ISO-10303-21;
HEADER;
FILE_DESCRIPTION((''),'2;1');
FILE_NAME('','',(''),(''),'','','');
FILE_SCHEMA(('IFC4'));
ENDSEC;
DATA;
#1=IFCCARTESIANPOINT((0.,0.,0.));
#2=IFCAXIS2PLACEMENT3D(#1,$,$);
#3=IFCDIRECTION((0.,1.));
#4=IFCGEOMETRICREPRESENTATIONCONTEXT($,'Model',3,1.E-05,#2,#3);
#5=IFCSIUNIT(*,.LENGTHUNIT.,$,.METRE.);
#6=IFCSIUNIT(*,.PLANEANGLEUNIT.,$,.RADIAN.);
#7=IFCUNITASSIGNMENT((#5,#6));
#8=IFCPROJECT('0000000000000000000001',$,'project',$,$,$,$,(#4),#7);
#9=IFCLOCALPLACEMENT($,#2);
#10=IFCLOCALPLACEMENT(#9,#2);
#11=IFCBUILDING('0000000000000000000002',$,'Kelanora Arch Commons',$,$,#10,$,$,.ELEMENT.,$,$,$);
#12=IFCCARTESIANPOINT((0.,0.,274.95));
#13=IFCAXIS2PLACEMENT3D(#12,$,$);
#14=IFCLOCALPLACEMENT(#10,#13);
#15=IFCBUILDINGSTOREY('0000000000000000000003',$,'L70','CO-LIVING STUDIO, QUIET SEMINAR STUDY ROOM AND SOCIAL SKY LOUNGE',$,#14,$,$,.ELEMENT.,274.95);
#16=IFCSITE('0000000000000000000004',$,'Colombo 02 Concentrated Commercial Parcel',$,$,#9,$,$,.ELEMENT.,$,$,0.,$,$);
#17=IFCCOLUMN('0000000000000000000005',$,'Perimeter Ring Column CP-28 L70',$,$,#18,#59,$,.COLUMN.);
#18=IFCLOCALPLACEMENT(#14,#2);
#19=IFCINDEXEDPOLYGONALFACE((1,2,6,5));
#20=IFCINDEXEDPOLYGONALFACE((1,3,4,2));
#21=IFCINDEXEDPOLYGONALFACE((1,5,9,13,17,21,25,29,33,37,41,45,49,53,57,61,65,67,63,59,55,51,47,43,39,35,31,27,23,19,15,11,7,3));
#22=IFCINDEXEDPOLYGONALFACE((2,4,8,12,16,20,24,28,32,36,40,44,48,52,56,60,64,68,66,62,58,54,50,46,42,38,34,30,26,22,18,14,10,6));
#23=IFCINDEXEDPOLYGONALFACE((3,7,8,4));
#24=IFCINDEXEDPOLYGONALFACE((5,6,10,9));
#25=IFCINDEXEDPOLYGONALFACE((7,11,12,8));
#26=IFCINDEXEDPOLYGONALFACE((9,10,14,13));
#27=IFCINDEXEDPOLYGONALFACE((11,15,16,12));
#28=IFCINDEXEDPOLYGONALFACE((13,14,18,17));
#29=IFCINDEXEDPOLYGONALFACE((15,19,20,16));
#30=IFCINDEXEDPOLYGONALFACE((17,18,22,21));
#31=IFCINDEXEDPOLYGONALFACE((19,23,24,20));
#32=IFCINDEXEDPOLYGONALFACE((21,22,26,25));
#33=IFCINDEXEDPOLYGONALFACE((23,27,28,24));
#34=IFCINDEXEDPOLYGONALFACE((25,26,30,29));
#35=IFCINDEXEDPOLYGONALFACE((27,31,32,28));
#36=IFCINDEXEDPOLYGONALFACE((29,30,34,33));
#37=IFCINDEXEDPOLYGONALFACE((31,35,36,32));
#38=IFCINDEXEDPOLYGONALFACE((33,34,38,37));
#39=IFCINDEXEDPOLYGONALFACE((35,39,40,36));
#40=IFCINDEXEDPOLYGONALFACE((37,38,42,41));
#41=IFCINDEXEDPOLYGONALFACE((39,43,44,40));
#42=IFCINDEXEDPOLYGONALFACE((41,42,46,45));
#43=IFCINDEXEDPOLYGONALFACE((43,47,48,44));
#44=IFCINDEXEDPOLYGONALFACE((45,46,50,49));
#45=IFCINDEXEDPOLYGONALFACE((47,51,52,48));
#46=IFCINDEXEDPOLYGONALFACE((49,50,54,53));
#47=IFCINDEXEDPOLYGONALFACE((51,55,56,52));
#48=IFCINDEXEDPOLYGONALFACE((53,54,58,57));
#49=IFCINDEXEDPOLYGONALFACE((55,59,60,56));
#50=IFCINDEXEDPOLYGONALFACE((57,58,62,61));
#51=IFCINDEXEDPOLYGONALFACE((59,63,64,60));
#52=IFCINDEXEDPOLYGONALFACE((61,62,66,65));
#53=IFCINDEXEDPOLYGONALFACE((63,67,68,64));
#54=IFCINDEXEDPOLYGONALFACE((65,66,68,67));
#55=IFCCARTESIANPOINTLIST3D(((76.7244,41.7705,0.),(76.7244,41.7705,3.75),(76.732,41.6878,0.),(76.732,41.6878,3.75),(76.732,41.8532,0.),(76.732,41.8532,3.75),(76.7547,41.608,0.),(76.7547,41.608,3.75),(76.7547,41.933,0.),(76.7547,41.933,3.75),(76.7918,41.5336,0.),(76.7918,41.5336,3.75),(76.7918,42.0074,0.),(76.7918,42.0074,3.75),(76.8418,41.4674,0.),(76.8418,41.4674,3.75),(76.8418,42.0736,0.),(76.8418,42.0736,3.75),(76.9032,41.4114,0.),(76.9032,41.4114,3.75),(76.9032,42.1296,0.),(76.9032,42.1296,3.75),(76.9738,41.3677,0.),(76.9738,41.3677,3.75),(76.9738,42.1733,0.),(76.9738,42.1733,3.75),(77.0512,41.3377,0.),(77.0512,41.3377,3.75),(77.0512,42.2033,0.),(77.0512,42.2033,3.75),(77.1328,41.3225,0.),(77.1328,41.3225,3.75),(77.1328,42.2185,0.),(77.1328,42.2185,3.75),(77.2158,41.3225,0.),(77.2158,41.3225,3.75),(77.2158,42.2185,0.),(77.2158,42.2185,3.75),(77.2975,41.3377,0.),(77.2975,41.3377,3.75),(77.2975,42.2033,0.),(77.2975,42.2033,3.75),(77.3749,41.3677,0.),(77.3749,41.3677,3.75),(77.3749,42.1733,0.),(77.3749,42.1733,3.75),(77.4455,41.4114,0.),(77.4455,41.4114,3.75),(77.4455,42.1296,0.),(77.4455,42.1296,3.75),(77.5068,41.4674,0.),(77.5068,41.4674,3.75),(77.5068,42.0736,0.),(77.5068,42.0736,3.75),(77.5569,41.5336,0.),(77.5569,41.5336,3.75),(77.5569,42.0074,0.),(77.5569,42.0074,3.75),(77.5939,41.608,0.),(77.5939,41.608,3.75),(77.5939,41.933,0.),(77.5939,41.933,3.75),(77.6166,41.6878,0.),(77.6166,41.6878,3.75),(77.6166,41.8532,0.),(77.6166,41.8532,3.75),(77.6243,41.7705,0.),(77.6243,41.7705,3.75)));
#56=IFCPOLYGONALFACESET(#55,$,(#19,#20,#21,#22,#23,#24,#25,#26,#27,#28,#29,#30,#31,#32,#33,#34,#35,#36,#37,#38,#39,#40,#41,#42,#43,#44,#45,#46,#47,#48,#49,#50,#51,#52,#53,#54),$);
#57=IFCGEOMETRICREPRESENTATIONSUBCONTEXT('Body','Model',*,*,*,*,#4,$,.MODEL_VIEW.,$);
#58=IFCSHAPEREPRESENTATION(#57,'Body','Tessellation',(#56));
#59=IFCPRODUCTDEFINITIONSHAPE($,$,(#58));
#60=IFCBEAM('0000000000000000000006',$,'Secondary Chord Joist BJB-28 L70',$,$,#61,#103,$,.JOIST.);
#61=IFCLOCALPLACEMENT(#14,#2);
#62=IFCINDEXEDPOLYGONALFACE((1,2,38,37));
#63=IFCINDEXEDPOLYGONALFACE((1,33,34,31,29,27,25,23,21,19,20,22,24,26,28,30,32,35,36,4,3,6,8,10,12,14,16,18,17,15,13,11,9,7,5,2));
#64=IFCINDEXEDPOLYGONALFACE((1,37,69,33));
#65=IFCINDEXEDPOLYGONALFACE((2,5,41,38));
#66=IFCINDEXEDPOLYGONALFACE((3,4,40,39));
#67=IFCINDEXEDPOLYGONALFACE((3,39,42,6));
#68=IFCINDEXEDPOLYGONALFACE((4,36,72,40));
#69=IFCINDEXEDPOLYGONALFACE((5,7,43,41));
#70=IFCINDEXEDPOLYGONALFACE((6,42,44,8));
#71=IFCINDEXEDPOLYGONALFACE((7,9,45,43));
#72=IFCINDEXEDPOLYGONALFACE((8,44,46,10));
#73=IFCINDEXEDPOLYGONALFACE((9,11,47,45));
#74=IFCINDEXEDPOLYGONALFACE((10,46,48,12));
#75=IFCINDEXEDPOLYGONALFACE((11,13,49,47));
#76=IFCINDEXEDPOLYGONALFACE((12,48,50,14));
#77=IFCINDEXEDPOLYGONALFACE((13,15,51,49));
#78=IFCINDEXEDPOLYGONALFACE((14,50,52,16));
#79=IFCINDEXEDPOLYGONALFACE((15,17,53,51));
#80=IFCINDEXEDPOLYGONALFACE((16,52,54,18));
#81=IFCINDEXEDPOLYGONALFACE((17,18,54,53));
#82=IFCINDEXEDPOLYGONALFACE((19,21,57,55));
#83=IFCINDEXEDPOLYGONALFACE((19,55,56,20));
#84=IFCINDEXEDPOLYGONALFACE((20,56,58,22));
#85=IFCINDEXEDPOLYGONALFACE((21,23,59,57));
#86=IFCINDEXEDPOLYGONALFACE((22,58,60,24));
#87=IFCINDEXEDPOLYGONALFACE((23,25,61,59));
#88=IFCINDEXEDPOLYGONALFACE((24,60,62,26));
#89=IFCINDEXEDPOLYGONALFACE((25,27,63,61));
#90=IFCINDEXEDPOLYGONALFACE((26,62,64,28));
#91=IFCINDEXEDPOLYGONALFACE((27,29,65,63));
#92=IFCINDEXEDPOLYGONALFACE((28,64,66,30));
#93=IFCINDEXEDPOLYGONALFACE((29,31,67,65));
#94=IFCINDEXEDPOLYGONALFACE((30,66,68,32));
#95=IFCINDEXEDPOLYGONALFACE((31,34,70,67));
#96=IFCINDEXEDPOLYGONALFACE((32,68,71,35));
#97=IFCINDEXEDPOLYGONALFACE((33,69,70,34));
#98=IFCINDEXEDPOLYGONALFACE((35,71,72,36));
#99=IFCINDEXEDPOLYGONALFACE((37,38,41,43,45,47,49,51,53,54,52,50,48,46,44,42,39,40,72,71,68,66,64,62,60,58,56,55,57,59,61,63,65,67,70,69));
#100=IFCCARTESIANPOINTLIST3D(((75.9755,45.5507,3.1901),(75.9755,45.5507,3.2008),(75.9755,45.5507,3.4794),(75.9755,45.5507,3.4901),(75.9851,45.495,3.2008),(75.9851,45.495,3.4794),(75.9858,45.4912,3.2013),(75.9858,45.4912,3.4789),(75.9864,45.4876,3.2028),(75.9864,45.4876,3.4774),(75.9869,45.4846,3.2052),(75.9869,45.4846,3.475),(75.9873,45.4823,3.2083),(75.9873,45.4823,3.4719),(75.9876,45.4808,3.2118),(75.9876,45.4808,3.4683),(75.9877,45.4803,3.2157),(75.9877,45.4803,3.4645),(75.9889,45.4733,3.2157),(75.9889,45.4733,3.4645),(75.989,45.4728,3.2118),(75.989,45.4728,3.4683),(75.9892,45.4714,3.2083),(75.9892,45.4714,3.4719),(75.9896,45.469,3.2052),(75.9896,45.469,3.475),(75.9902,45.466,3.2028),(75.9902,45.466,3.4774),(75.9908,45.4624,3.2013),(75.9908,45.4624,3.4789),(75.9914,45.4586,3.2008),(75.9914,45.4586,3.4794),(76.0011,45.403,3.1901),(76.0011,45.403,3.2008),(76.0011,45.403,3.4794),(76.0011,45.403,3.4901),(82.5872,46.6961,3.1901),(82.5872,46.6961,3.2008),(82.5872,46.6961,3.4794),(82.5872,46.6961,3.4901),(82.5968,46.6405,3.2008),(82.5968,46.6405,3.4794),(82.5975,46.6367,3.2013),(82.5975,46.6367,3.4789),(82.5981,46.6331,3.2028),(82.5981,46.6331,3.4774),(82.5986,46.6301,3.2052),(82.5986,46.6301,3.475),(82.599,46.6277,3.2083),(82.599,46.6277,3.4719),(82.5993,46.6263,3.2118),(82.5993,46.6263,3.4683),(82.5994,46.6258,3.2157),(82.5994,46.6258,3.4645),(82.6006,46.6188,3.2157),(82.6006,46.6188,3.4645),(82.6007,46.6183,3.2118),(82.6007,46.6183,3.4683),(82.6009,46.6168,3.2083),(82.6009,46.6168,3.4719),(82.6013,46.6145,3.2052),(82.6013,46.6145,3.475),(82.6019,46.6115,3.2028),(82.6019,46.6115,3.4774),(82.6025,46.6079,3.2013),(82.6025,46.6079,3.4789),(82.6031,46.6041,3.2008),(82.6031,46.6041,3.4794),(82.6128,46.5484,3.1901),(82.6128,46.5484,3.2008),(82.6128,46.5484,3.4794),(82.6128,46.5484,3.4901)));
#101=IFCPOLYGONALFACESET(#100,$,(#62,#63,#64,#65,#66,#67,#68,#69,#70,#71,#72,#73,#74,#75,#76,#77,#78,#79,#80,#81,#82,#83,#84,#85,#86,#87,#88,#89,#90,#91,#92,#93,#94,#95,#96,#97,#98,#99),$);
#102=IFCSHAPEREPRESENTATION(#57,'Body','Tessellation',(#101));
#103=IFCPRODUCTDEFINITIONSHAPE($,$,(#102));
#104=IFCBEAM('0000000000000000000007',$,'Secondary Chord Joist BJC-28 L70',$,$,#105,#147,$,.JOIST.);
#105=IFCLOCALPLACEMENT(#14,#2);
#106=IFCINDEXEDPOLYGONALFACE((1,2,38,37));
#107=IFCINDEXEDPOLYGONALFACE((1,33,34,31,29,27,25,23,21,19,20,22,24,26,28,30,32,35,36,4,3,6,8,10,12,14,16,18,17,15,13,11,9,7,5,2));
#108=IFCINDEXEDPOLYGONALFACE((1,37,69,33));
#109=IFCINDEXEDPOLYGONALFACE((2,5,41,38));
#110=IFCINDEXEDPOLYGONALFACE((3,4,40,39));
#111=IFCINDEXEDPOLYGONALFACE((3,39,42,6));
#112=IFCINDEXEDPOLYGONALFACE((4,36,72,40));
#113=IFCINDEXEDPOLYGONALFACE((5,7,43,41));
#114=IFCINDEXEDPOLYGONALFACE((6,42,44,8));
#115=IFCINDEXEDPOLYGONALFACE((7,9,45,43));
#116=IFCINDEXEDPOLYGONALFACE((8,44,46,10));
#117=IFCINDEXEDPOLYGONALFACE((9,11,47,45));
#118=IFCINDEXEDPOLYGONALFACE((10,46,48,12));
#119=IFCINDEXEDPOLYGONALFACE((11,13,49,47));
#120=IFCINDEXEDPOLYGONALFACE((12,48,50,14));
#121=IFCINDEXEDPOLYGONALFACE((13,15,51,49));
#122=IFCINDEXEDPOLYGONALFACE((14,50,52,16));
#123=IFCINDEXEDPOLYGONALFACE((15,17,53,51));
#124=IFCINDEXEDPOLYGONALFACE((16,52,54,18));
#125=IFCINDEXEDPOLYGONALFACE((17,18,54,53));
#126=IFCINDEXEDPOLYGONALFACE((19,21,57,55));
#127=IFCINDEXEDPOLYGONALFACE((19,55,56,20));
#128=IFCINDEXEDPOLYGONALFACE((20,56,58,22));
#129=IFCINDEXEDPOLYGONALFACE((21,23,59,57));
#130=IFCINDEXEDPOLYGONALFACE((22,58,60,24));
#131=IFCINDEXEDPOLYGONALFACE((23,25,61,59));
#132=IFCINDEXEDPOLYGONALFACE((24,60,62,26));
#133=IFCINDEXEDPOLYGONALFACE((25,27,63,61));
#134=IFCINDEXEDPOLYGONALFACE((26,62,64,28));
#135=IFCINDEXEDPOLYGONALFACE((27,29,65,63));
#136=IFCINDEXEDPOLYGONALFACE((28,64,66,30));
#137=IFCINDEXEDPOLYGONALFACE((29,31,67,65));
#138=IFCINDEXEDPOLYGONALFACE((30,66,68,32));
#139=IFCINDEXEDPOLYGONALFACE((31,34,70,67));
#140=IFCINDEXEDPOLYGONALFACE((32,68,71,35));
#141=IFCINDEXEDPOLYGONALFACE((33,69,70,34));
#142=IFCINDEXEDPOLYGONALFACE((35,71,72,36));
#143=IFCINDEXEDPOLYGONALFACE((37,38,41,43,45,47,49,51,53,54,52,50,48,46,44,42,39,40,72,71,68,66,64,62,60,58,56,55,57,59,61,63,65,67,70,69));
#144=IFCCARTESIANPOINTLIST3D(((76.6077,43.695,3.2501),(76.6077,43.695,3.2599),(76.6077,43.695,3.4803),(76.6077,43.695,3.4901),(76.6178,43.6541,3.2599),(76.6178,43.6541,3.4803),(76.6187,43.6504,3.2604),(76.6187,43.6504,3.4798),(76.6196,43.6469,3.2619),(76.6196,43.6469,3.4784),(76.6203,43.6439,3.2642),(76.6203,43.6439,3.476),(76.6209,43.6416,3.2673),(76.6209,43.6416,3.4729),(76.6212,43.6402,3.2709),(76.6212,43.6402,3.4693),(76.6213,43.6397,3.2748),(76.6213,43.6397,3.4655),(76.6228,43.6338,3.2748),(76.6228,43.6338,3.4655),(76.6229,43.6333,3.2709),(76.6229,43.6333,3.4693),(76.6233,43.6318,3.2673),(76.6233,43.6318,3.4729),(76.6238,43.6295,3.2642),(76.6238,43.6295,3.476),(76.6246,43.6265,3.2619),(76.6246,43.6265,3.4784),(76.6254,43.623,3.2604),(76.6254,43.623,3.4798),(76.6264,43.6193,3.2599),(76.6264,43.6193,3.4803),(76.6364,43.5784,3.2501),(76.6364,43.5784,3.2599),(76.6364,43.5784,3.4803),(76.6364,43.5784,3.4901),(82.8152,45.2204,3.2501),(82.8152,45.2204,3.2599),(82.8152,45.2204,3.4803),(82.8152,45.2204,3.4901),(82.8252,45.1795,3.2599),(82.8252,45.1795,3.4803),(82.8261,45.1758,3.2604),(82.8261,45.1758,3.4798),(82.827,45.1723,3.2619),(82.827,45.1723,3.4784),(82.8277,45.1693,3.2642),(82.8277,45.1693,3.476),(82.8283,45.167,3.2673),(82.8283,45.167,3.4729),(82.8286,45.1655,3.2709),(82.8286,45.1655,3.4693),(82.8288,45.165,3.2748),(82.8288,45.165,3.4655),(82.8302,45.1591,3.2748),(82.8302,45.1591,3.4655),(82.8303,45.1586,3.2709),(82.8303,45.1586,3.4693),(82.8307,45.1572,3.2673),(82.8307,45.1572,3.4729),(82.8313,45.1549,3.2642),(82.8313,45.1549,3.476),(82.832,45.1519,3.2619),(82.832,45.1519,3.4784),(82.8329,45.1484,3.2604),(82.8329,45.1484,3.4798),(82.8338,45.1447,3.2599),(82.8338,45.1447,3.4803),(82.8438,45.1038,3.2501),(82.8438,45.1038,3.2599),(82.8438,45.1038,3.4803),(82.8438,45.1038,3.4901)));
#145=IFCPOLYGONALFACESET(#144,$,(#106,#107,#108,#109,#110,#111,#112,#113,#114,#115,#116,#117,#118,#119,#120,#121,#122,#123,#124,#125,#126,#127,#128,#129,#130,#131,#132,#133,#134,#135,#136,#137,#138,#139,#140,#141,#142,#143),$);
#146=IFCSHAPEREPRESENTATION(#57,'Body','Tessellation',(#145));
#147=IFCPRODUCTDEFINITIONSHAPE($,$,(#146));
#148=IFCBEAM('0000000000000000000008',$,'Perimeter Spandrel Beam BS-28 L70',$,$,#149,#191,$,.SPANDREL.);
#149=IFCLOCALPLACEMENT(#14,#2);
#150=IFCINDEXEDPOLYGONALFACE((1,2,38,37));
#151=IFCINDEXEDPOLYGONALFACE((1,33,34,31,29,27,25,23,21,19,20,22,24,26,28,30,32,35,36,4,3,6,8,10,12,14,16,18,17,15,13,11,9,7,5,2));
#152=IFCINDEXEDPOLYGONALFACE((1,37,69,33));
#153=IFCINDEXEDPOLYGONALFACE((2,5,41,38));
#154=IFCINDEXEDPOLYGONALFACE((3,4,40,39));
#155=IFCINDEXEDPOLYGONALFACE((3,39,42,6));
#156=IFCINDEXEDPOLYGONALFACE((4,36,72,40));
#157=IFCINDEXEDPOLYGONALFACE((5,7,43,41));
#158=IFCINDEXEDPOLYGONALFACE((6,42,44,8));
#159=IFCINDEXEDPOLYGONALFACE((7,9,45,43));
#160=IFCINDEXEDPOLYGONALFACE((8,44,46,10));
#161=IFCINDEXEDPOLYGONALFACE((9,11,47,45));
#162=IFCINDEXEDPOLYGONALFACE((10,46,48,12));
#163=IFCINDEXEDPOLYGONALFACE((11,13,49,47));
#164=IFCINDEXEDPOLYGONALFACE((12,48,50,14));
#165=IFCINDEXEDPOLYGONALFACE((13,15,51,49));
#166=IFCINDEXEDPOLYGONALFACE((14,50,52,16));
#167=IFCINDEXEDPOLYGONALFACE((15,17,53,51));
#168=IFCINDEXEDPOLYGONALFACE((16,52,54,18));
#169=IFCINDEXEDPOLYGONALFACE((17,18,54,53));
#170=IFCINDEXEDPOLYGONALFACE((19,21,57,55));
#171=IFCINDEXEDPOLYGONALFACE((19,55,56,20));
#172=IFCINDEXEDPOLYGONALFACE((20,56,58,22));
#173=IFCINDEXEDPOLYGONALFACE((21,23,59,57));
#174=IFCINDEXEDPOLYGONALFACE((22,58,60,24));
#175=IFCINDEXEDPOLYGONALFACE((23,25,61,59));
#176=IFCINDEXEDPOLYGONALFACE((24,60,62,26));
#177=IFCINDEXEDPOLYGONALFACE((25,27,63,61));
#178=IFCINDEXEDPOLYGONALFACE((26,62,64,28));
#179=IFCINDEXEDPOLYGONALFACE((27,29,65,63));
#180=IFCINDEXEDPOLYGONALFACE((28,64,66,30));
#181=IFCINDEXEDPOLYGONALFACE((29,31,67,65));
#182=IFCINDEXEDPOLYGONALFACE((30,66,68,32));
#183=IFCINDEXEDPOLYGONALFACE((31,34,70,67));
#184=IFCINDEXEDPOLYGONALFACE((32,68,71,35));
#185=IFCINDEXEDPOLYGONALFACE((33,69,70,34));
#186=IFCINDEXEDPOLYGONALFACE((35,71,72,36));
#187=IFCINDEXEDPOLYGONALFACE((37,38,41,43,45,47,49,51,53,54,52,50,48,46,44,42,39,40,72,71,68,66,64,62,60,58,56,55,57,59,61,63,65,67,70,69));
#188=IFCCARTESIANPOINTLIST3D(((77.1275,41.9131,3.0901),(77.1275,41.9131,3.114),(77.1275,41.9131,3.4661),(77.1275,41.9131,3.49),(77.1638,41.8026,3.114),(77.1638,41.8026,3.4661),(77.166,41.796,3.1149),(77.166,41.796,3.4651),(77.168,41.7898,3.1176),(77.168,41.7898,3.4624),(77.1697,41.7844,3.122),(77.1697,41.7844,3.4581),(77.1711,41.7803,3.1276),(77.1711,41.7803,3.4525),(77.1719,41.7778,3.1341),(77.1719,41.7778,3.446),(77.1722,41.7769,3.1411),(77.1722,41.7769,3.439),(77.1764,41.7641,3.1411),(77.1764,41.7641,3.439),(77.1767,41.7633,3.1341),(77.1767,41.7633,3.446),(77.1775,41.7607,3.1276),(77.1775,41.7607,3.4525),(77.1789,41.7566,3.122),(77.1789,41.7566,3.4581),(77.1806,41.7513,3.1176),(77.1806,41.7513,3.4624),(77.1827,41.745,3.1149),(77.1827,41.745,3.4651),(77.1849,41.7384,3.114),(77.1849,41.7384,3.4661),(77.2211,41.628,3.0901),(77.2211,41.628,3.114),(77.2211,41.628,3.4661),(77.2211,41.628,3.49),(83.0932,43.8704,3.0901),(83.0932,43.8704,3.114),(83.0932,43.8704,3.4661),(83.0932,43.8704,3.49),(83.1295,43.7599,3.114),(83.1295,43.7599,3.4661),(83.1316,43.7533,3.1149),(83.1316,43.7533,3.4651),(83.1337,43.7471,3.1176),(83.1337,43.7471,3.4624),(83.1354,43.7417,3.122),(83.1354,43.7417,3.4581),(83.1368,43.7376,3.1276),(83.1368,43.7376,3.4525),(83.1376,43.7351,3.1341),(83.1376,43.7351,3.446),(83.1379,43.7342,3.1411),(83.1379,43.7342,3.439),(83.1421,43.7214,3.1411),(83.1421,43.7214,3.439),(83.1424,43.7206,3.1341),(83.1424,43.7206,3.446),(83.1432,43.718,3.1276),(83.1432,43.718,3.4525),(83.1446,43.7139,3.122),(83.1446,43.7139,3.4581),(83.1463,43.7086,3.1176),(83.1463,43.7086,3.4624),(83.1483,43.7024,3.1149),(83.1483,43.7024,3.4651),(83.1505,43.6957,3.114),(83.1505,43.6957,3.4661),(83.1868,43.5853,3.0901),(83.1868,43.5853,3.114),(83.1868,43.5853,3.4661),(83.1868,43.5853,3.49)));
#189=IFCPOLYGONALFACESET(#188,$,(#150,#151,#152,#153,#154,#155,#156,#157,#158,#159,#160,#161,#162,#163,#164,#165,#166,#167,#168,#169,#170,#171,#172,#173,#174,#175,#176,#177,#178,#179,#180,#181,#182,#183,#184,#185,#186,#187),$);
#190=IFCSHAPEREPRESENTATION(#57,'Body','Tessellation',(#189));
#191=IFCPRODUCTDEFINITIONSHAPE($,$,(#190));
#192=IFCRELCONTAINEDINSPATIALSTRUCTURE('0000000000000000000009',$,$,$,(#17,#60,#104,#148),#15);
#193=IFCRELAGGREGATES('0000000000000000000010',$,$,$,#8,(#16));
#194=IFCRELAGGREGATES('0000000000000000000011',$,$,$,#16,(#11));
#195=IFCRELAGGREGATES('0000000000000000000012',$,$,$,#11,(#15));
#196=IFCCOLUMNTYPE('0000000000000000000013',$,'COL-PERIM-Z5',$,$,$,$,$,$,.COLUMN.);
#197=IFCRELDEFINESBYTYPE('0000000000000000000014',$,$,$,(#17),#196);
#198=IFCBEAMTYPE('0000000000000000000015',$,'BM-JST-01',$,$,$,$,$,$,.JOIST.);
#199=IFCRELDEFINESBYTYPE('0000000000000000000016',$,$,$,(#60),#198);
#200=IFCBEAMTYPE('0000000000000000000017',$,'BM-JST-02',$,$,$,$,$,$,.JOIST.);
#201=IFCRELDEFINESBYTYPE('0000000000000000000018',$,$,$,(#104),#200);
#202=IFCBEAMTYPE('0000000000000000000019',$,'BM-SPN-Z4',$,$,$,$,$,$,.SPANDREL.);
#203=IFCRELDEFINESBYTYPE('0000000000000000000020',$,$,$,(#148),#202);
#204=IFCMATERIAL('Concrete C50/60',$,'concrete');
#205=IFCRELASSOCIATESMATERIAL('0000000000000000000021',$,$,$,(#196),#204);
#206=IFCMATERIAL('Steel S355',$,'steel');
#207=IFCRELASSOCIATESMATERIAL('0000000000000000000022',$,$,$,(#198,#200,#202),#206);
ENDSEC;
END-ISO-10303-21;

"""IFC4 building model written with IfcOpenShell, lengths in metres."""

from ifc_helpers import new_model, si_unit, direction, frame, origin, origin_2d, place, context, subcontext, project, spatial, circle, i_section, extrude, material, material_profile, profile_set, type_object, element, save


model = new_model("IFC4")

# Units and contexts
model_context = context("Model", 3, precision=1e-05, world=origin(), true_north=direction((0.0, 1.0)))
body_context = subcontext(model_context, "Body", "Model", "MODEL_VIEW")
ifc_project = project(units=[si_unit("LENGTHUNIT", "METRE"), si_unit("PLANEANGLEUNIT", "RADIAN")], contexts=[model_context])

# Site, building, storey
site_placement = place(None, origin())
site = spatial("IfcSite", under=ifc_project, at=site_placement, Name="Colombo 02 Concentrated Commercial Parcel", CompositionType="ELEMENT", RefElevation=0.0)
building_placement = place(site_placement, origin())
building = spatial("IfcBuilding", under=site, at=building_placement, Name="Kelanora Arch Commons", CompositionType="ELEMENT")
storey_placement = place(building_placement, frame((0.0, 0.0, 274.95)))
storey = spatial("IfcBuildingStorey", under=building, at=storey_placement, Name="L70", Description="CO-LIVING STUDIO, QUIET SEMINAR STUDY ROOM AND SOCIAL SKY LOUNGE", CompositionType="ELEMENT", Elevation=274.95)

# Column
ifc_material_1 = material(Name="Concrete C50/60", Category="concrete")
ifc_material_profile_1 = material_profile(ifc_material_1, circle(Radius=0.45, at=origin_2d()), Name="RCC900")
ifc_profile_set_1 = profile_set([ifc_material_profile_1], Name="Concrete C50/60")
column_type = type_object("IfcColumnType", Name="COL-PERIM-Z5", PredefinedType="COLUMN", material=ifc_profile_set_1)
column_placement = place(storey_placement, frame((77.1743, 41.7705, 0.0), z_axis=(0.0, 0.0, 1.0), x_axis=(1.0, 0.0, 0.0)))
element("IfcColumn", 1, at=column_placement, inside=storey, type_object=column_type, Name="Perimeter Ring Column CP-28 L70", PredefinedType="COLUMN", context=body_context, shape_type="SweptSolid", body=[
    extrude(circle(Radius=0.45, at=origin_2d()), origin(), (0.0, 0.0, 1.0), 3.75),
])

# Beams
ifc_material_2 = material(Name="Steel S355", Category="steel")
ifc_material_profile_2 = material_profile(ifc_material_2, i_section(OverallWidth=0.1499, OverallDepth=0.3, WebThickness=0.0071, FlangeThickness=0.0107, FilletRadius=0.0149, at=origin_2d()), Name="IPE300")
ifc_profile_set_2 = profile_set([ifc_material_profile_2], Name="Steel S355")
beam_type_1 = type_object("IfcBeamType", Name="BM-JST-01", PredefinedType="JOIST", material=ifc_profile_set_2)
beam_1_placement = place(storey_placement, frame((75.9883, 45.4768, 3.3401), z_axis=(0.985322, 0.170709, 0.0), x_axis=(-0.170709, 0.985322, 0.0)))
element("IfcBeam", 2, at=beam_1_placement, inside=storey, type_object=beam_type_1, Name="Secondary Chord Joist BJB-28 L70", PredefinedType="JOIST", context=body_context, shape_type="SweptSolid", body=[
    extrude(i_section(OverallWidth=0.1499, OverallDepth=0.3, WebThickness=0.0071, FlangeThickness=0.0107, FilletRadius=0.0149, at=origin_2d()), origin(), (0.0, 0.0, 1.0), 6.7102),
])
ifc_material_profile_3 = material_profile(ifc_material_2, i_section(OverallWidth=0.1201, OverallDepth=0.24, WebThickness=0.0061, FlangeThickness=0.0098, FilletRadius=0.0149, at=origin_2d()), Name="IPE240")
ifc_profile_set_3 = profile_set([ifc_material_profile_3], Name="Steel S355")
beam_type_2 = type_object("IfcBeamType", Name="BM-JST-02", PredefinedType="JOIST", material=ifc_profile_set_3)
beam_2_placement = place(storey_placement, frame((76.6221, 43.6367, 3.3701), z_axis=(0.97111, 0.238633, 0.0), x_axis=(-0.238633, 0.97111, 0.0)))
element("IfcBeam", 3, at=beam_2_placement, inside=storey, type_object=beam_type_2, Name="Secondary Chord Joist BJC-28 L70", PredefinedType="JOIST", context=body_context, shape_type="SweptSolid", body=[
    extrude(i_section(OverallWidth=0.1201, OverallDepth=0.24, WebThickness=0.0061, FlangeThickness=0.0098, FilletRadius=0.0149, at=origin_2d()), origin(), (0.0, 0.0, 1.0), 6.3921),
])
ifc_material_profile_4 = material_profile(ifc_material_2, i_section(OverallWidth=0.3, OverallDepth=0.3999, WebThickness=0.0134, FlangeThickness=0.0239, FilletRadius=0.0271, at=origin_2d()), Name="HEB400")
ifc_profile_set_4 = profile_set([ifc_material_profile_4], Name="Steel S355")
beam_type_3 = type_object("IfcBeamType", Name="BM-SPN-Z4", PredefinedType="SPANDREL", material=ifc_profile_set_4)
beam_3_placement = place(storey_placement, frame((77.1743, 41.7705, 3.29), z_axis=(0.950166, 0.311745, 0.0), x_axis=(-0.311745, 0.950166, 0.0)))
element("IfcBeam", 4, at=beam_3_placement, inside=storey, type_object=beam_type_3, Name="Perimeter Spandrel Beam BS-28 L70", PredefinedType="SPANDREL", context=body_context, shape_type="SweptSolid", body=[
    extrude(i_section(OverallWidth=0.3, OverallDepth=0.3999, WebThickness=0.0134, FlangeThickness=0.0239, FilletRadius=0.0271, at=origin_2d()), origin(), (0.0, 0.0, 1.0), 6.2786),
])

save(model, "model.ifc")
